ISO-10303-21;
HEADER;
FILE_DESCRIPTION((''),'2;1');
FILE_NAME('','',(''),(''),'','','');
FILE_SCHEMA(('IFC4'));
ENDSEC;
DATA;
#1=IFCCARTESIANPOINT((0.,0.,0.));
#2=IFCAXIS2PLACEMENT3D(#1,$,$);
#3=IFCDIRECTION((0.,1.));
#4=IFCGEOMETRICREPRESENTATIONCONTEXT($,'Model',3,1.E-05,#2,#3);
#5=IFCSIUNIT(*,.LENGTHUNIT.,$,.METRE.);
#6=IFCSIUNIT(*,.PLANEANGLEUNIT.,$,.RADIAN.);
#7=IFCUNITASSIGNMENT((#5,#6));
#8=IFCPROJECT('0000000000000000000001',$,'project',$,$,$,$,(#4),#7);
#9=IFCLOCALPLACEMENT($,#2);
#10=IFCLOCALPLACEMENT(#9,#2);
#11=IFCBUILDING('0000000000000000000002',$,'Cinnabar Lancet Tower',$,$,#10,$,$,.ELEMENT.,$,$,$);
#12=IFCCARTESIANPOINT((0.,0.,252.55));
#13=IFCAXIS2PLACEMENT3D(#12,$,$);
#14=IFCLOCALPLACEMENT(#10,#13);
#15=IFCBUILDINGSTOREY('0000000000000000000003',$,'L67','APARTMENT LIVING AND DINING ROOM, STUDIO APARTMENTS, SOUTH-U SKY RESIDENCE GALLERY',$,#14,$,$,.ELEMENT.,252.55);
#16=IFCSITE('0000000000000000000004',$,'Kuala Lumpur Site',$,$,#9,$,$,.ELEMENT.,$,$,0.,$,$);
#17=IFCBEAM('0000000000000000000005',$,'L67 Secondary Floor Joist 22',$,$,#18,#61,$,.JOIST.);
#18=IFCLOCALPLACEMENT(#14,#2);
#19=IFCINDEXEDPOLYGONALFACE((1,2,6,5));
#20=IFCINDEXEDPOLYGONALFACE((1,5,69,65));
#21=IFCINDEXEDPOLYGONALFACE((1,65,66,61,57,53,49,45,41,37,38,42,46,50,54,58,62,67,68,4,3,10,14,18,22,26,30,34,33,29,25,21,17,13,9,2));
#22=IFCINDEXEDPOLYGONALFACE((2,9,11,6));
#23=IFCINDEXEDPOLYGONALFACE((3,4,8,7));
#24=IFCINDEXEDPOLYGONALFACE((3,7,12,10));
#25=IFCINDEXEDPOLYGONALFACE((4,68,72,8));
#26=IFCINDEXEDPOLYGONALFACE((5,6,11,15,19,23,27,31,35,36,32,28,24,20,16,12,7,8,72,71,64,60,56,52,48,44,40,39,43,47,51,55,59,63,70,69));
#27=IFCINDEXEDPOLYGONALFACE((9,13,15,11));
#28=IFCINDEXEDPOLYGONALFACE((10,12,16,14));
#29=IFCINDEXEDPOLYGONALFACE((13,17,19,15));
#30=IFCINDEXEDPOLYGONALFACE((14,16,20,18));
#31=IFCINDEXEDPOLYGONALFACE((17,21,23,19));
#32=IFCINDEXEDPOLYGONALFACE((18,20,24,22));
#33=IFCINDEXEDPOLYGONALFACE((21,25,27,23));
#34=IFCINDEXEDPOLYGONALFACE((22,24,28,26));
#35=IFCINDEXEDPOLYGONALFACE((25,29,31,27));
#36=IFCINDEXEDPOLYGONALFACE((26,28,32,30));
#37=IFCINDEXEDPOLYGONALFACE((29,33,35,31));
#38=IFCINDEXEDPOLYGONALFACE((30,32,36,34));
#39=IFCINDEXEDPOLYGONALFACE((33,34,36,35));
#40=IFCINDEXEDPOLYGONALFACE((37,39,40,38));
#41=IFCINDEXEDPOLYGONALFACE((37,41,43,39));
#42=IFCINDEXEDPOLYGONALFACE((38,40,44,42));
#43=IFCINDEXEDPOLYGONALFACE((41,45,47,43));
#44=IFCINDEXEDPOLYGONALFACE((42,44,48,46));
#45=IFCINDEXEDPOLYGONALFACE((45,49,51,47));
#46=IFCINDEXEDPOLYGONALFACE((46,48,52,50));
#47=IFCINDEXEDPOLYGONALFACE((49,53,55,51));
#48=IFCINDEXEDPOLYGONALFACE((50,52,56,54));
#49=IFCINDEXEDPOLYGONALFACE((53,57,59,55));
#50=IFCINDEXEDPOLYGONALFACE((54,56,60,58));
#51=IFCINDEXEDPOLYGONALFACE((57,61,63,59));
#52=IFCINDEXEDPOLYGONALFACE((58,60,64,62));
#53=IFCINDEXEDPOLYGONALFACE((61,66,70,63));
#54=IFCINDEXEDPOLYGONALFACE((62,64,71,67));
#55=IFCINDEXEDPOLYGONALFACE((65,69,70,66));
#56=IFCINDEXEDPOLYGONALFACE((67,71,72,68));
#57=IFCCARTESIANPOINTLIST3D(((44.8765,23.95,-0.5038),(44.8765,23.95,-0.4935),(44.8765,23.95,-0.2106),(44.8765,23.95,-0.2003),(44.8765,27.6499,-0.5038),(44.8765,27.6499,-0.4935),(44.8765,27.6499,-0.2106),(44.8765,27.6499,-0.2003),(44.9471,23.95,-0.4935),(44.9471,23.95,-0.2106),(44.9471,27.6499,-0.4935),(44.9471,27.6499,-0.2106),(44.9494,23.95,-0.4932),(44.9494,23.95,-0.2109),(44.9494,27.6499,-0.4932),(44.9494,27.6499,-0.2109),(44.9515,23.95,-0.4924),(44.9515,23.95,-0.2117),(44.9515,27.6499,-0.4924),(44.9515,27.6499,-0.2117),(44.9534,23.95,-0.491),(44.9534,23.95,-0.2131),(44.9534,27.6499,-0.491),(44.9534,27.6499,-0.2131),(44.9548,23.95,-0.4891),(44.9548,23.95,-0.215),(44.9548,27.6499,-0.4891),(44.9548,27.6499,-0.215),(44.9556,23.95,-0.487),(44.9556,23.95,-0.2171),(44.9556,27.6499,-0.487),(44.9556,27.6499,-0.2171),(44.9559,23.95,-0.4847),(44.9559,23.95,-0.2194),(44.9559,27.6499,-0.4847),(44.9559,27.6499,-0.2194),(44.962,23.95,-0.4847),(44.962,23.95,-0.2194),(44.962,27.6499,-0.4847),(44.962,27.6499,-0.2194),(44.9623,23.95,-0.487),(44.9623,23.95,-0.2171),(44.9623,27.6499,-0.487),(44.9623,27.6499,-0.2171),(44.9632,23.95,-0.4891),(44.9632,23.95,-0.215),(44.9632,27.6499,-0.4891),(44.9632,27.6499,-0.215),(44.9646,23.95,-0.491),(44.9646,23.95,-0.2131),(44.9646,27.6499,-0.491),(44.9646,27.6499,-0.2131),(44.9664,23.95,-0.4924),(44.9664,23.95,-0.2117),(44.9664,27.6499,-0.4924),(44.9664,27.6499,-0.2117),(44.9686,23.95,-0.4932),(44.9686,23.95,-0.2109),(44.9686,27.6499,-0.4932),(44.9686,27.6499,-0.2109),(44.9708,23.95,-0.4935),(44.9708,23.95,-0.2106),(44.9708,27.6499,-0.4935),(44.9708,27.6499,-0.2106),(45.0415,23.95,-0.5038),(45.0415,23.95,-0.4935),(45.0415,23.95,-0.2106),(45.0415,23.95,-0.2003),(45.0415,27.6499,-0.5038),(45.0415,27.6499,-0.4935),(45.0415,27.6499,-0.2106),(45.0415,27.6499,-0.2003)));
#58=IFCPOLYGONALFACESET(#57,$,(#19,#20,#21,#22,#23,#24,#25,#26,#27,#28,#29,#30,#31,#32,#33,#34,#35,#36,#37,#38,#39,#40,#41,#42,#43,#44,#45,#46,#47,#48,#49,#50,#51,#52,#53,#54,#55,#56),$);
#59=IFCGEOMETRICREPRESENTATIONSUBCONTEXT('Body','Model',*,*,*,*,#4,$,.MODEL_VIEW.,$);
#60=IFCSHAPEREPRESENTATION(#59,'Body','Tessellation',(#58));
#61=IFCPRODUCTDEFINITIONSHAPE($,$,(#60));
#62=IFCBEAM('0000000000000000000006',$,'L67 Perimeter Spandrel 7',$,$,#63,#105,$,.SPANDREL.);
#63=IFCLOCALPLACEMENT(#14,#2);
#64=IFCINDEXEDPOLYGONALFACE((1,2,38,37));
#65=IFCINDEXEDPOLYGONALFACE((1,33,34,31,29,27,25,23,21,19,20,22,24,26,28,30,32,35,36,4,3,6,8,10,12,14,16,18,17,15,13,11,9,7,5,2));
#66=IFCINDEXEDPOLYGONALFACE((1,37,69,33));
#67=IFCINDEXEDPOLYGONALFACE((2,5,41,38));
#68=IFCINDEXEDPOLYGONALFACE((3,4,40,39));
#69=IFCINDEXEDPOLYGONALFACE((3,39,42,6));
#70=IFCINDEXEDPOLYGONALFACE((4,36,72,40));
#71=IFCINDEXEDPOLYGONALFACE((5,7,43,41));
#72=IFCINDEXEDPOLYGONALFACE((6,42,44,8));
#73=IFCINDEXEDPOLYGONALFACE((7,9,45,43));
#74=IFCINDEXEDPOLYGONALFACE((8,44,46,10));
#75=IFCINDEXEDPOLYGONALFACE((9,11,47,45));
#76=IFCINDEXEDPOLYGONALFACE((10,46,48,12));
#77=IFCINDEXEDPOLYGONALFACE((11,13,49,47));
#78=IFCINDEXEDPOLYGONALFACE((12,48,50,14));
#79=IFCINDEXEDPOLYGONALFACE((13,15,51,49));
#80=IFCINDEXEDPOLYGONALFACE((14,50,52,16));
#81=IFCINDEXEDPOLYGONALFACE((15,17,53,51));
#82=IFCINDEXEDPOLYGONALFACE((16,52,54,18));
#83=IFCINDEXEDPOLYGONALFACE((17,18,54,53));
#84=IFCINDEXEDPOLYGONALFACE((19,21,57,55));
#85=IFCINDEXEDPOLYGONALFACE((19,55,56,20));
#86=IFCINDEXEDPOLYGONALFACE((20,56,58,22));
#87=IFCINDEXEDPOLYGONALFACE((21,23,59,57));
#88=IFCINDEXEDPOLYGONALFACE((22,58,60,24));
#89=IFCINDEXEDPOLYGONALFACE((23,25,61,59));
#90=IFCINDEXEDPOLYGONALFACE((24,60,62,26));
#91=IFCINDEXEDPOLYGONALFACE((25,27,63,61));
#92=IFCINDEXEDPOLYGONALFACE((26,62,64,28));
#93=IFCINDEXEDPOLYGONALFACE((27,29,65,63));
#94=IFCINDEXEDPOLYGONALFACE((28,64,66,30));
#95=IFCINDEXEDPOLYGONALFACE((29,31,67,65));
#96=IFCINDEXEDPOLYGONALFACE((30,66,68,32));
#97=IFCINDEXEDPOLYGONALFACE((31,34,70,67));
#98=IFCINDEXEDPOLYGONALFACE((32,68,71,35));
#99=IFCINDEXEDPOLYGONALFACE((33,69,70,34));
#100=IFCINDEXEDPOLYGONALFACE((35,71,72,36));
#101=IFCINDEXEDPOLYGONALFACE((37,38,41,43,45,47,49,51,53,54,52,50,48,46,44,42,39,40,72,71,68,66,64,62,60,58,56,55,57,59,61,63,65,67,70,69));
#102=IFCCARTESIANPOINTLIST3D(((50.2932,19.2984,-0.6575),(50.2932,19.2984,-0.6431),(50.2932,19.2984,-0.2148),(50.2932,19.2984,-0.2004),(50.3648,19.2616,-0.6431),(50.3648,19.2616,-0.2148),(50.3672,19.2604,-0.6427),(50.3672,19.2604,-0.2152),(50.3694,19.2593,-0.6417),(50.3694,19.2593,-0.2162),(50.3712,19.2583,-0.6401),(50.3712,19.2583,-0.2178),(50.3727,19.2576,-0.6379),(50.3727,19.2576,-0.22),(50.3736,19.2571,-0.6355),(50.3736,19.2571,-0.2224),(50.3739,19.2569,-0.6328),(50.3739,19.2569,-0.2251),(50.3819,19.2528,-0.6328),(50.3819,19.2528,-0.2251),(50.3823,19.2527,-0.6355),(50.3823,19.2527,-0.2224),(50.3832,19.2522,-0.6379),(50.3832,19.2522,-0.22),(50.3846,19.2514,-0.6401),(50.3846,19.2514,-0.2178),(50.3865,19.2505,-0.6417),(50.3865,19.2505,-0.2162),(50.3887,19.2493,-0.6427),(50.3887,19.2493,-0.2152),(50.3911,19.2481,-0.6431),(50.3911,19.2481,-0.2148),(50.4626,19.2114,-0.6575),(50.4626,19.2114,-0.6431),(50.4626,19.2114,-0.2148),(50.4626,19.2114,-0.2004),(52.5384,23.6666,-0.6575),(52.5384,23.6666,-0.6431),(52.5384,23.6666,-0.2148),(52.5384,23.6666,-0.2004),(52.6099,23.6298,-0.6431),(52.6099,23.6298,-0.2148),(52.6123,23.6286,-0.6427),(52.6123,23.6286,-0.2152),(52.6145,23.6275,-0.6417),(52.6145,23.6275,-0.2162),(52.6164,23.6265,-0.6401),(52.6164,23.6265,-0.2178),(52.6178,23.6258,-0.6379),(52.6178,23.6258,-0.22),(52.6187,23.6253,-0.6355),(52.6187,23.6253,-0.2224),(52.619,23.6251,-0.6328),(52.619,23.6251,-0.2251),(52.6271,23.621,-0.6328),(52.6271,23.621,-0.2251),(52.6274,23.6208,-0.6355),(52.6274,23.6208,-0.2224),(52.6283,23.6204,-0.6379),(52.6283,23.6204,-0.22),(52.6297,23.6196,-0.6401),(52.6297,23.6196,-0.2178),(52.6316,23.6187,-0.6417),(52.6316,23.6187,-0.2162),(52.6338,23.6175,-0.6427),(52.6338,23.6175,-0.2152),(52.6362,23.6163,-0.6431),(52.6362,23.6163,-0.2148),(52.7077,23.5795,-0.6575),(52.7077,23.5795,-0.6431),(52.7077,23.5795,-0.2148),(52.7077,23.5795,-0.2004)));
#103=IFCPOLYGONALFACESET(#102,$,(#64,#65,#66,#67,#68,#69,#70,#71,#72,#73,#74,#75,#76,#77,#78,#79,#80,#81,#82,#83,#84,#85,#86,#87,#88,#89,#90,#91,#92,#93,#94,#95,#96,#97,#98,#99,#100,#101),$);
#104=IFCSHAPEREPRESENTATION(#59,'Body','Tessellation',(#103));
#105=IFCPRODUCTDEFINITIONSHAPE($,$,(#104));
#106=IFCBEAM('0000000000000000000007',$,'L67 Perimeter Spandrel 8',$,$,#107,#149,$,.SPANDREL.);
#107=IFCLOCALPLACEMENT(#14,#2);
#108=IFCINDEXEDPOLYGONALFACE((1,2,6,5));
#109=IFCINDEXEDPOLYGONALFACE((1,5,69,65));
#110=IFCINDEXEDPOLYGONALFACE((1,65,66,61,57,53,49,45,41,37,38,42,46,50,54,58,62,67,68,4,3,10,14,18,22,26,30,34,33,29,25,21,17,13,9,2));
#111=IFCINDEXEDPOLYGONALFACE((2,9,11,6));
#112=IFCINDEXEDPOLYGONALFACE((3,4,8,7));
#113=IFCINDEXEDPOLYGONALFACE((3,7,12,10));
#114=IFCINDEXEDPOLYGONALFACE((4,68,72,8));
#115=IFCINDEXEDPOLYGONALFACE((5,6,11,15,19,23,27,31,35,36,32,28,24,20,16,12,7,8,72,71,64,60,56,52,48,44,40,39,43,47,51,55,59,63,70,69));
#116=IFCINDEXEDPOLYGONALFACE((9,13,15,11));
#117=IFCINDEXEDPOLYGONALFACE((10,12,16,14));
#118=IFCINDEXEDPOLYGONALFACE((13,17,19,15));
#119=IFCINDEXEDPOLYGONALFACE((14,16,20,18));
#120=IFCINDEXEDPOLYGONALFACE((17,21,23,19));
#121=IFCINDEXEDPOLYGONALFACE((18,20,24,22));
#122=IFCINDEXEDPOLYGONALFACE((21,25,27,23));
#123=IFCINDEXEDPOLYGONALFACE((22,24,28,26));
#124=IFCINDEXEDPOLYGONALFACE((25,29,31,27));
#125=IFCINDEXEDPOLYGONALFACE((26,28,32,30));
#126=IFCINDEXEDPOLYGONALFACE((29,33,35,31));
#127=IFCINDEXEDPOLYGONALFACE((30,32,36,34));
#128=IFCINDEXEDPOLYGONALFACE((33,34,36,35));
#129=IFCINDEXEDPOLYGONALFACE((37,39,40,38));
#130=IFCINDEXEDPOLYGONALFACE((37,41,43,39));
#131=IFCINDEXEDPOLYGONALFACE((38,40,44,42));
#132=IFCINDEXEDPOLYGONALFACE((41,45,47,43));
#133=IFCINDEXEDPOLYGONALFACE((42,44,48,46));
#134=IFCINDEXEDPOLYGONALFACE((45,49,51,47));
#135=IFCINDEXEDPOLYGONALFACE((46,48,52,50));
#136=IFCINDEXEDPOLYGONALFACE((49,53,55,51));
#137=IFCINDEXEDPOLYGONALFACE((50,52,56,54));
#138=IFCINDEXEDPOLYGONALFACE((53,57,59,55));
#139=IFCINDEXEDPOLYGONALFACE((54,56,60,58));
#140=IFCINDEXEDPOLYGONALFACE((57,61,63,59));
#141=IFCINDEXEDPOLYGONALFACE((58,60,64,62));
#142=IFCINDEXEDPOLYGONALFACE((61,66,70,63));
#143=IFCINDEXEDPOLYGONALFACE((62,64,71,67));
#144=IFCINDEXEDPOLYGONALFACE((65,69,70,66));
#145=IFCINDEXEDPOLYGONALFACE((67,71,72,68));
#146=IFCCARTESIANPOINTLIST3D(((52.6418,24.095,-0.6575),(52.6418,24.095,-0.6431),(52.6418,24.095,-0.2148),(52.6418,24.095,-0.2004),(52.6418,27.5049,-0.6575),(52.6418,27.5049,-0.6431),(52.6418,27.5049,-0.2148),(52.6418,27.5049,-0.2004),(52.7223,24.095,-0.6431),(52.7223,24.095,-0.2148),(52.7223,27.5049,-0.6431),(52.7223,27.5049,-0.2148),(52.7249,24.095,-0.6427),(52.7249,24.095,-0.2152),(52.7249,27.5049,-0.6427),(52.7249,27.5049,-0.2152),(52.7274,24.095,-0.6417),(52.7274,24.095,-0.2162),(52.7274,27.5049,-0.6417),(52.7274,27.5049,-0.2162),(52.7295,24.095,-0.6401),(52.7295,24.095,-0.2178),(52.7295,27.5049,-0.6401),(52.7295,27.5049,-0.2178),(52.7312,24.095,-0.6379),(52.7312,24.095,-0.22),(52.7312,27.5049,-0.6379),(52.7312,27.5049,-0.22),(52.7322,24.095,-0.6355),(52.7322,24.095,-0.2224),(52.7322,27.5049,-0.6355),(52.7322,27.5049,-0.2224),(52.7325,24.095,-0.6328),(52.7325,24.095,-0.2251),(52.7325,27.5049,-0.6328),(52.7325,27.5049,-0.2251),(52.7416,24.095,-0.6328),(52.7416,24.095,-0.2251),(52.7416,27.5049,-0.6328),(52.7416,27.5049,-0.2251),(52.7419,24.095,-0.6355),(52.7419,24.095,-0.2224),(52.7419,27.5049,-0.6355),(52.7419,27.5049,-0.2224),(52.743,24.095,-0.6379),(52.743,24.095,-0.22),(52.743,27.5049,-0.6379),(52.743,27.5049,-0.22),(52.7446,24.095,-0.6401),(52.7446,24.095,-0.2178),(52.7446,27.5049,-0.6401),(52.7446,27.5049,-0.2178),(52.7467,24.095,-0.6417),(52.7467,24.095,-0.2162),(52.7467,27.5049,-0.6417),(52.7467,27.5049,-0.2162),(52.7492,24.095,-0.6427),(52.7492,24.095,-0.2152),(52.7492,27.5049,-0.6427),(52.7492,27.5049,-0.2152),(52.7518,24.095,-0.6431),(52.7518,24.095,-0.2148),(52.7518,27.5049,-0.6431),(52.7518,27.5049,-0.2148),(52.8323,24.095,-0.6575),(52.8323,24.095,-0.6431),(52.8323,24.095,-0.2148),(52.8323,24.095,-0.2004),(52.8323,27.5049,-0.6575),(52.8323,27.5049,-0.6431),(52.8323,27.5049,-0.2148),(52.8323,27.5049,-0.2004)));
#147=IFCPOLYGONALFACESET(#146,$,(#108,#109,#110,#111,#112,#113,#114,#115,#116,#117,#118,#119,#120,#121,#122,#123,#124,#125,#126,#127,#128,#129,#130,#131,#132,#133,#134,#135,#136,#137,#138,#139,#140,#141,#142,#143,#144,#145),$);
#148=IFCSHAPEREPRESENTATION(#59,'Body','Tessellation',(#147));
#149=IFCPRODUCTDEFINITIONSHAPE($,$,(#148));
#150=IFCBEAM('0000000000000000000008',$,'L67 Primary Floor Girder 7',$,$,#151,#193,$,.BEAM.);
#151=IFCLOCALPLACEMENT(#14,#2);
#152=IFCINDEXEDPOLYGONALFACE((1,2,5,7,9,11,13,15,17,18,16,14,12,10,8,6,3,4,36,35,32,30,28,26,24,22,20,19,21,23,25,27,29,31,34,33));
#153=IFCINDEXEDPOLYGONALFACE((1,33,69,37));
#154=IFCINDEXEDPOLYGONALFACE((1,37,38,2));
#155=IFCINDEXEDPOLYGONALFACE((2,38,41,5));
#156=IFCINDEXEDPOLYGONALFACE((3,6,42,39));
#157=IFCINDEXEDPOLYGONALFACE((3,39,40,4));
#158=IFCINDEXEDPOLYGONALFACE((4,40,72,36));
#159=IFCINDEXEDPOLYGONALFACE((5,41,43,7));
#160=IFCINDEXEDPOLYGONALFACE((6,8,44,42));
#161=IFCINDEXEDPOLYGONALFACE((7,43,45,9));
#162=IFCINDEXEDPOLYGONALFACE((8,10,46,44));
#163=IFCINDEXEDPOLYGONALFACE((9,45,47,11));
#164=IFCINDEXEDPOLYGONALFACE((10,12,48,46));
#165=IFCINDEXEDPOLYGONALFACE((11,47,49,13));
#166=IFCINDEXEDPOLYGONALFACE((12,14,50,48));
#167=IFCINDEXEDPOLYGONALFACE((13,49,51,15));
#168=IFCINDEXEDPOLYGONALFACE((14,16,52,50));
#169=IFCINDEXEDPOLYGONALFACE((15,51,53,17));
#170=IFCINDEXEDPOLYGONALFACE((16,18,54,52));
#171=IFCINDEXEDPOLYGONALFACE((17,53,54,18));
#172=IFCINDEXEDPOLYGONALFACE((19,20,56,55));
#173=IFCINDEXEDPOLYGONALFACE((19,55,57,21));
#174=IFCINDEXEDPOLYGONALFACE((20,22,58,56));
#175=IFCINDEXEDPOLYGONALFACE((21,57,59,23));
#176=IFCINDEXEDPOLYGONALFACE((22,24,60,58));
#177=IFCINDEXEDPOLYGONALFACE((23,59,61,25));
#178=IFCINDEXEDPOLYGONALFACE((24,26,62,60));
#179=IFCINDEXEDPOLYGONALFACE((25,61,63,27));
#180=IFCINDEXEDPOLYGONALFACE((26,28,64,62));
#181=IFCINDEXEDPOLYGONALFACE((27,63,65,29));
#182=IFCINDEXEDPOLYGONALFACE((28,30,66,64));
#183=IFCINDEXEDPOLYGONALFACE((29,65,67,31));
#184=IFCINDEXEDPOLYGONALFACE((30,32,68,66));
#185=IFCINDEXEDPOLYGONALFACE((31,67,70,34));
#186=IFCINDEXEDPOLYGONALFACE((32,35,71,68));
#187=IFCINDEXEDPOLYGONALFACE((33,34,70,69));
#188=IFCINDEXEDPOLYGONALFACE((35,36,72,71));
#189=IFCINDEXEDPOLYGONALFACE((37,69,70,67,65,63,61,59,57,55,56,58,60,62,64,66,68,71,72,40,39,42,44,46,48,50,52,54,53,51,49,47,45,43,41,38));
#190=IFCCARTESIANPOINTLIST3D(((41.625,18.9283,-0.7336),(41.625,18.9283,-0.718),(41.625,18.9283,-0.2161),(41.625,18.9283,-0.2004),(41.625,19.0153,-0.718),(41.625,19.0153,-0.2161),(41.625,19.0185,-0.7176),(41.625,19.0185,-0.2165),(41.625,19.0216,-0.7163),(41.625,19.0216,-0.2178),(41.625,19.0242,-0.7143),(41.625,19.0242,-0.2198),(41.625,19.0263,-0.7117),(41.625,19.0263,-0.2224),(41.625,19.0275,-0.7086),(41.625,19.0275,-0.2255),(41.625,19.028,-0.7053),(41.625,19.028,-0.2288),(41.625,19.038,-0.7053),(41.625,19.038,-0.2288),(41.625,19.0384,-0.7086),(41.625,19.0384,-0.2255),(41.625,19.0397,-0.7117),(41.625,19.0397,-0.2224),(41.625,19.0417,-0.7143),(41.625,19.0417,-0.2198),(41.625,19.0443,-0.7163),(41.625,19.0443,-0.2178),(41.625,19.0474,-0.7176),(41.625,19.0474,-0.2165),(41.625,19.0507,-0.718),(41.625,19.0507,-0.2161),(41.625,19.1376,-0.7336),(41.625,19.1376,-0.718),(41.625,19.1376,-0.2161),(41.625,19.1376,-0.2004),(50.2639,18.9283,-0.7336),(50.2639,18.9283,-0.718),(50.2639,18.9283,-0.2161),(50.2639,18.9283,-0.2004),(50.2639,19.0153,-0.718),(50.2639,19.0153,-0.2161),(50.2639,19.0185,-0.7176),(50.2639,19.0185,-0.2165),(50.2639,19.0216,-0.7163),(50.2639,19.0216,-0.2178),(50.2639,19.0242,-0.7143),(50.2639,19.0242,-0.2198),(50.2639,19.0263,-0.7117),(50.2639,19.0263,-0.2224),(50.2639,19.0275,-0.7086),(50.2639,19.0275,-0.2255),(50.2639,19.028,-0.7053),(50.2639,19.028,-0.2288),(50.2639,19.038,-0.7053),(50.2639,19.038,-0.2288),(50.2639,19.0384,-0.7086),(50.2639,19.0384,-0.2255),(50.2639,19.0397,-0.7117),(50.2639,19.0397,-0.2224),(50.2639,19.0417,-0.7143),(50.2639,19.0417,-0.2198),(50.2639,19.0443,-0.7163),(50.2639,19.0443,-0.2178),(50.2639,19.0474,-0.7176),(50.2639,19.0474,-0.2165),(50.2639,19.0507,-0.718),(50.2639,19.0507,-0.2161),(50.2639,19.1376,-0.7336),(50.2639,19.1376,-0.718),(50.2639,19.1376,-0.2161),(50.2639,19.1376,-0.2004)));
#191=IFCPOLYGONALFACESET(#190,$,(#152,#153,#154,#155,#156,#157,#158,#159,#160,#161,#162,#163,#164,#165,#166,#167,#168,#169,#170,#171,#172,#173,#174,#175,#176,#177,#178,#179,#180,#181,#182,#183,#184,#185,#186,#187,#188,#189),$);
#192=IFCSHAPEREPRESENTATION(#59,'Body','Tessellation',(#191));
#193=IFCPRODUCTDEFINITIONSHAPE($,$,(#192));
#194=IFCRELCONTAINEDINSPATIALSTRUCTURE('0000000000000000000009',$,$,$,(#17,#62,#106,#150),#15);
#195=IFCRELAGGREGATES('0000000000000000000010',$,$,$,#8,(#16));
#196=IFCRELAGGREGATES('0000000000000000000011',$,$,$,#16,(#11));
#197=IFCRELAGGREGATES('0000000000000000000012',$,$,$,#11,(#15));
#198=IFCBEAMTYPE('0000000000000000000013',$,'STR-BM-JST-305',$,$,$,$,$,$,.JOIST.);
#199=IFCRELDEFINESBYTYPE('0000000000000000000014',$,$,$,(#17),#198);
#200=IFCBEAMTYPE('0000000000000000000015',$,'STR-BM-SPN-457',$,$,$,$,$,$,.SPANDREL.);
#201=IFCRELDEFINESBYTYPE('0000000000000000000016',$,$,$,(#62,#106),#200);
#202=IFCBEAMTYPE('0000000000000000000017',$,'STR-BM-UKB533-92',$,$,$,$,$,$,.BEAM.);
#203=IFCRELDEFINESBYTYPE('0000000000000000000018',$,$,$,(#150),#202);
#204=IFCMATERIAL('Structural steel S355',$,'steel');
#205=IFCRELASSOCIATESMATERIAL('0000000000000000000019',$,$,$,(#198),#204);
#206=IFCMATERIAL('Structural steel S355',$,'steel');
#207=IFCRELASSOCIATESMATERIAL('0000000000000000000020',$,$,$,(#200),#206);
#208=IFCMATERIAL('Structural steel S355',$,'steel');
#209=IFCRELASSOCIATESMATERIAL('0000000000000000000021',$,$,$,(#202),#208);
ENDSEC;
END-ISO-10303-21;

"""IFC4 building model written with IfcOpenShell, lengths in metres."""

from ifc_helpers import new_model, si_unit, direction, frame, origin, origin_2d, place, context, subcontext, project, spatial, i_section, extrude, material, material_profile, profile_set, type_object, element, save


model = new_model("IFC4")

# Units and contexts
model_context = context("Model", 3, precision=1e-05, world=origin(), true_north=direction((0.0, 1.0)))
body_context = subcontext(model_context, "Body", "Model", "MODEL_VIEW")
ifc_project = project(units=[si_unit("LENGTHUNIT", "METRE"), si_unit("PLANEANGLEUNIT", "RADIAN")], contexts=[model_context])

# Site, building, storey
site_placement = place(None, origin())
site = spatial("IfcSite", under=ifc_project, at=site_placement, Name="Kuala Lumpur Site", CompositionType="ELEMENT", RefElevation=0.0)
building_placement = place(site_placement, origin())
building = spatial("IfcBuilding", under=site, at=building_placement, Name="Cinnabar Lancet Tower", CompositionType="ELEMENT")
storey_placement = place(building_placement, frame((0.0, 0.0, 252.55)))
storey = spatial("IfcBuildingStorey", under=building, at=storey_placement, Name="L67", Description="APARTMENT LIVING AND DINING ROOM, STUDIO APARTMENTS, SOUTH-U SKY RESIDENCE GALLERY", CompositionType="ELEMENT", Elevation=252.55)

# Beams
ifc_material_1 = material(Name="Structural steel S355", Category="steel")
ifc_material_profile_1 = material_profile(ifc_material_1, i_section(OverallWidth=0.165, OverallDepth=0.3035, WebThickness=0.0061, FlangeThickness=0.0103, FilletRadius=0.0088, at=origin_2d()), Name="UKB 305x165x40")
ifc_profile_set_1 = profile_set([ifc_material_profile_1], Name="Structural steel S355")
beam_type_1 = type_object("IfcBeamType", Name="STR-BM-JST-305", PredefinedType="JOIST", material=ifc_profile_set_1)
for number, where, z_axis, x_axis, name in (
    (1, (44.959, 23.95, -0.3521), (0.0, 1.0, 0.0), (-1.0, 0.0, 0.0), "L67 Secondary Floor Joist 22"),
):
    element("IfcBeam", number, at=place(storey_placement, frame(where, z_axis=z_axis, x_axis=x_axis)), inside=storey, type_object=beam_type_1, Name=name, PredefinedType="JOIST", context=body_context, shape_type="SweptSolid", body=[
        extrude(i_section(OverallWidth=0.165, OverallDepth=0.3035, WebThickness=0.0061, FlangeThickness=0.0103, FilletRadius=0.0088, at=origin_2d()), origin(), (0.0, 0.0, 1.0), 3.7),
    ])
ifc_material_2 = material(Name="Structural steel S355", Category="steel")
ifc_material_profile_2 = material_profile(ifc_material_2, i_section(OverallWidth=0.1904, OverallDepth=0.457, WebThickness=0.009, FlangeThickness=0.0144, FilletRadius=0.0103, at=origin_2d()), Name="UKB 457x191x74")
ifc_profile_set_2 = profile_set([ifc_material_profile_2], Name="Structural steel S355")
beam_type_2 = type_object("IfcBeamType", Name="STR-BM-SPN-457", PredefinedType="SPANDREL", material=ifc_profile_set_2)
beam_1_placement = place(storey_placement, frame((50.3779, 19.2549, -0.429), z_axis=(0.457128, 0.889401, 0.0), x_axis=(-0.889401, 0.457128, 0.0)))
element("IfcBeam", 2, at=beam_1_placement, inside=storey, type_object=beam_type_2, Name="L67 Perimeter Spandrel 7", PredefinedType="SPANDREL", context=body_context, shape_type="SweptSolid", body=[
    extrude(i_section(OverallWidth=0.1904, OverallDepth=0.457, WebThickness=0.009, FlangeThickness=0.0144, FilletRadius=0.0103, at=origin_2d()), origin(), (0.0, 0.0, 1.0), 4.9114),
])
beam_2_placement = place(storey_placement, frame((52.7371, 24.095, -0.429), z_axis=(0.0, 1.0, 0.0), x_axis=(-1.0, 0.0, 0.0)))
element("IfcBeam", 3, at=beam_2_placement, inside=storey, type_object=beam_type_2, Name="L67 Perimeter Spandrel 8", PredefinedType="SPANDREL", context=body_context, shape_type="SweptSolid", body=[
    extrude(i_section(OverallWidth=0.1904, OverallDepth=0.457, WebThickness=0.009, FlangeThickness=0.0144, FilletRadius=0.0103, at=origin_2d()), origin(), (0.0, 0.0, 1.0), 3.4099),
])
ifc_material_3 = material(Name="Structural steel S355", Category="steel")
ifc_material_profile_3 = material_profile(ifc_material_3, i_section(OverallWidth=0.2092, OverallDepth=0.5332, WebThickness=0.01, FlangeThickness=0.0156, FilletRadius=0.0127, at=origin_2d()), Name="UKB 533x210x92")
ifc_profile_set_3 = profile_set([ifc_material_profile_3], Name="Structural steel S355")
beam_type_3 = type_object("IfcBeamType", Name="STR-BM-UKB533-92", PredefinedType="BEAM", material=ifc_profile_set_3)
beam_3_placement = place(storey_placement, frame((50.2639, 19.033, -0.467), z_axis=(-1.0, 0.0, 0.0), x_axis=(0.0, -1.0, 0.0)))
element("IfcBeam", 4, at=beam_3_placement, inside=storey, type_object=beam_type_3, Name="L67 Primary Floor Girder 7", PredefinedType="BEAM", context=body_context, shape_type="SweptSolid", body=[
    extrude(i_section(OverallWidth=0.2092, OverallDepth=0.5332, WebThickness=0.01, FlangeThickness=0.0156, FilletRadius=0.0127, at=origin_2d()), origin(), (0.0, 0.0, 1.0), 8.6389),
])

save(model, "model.ifc")
